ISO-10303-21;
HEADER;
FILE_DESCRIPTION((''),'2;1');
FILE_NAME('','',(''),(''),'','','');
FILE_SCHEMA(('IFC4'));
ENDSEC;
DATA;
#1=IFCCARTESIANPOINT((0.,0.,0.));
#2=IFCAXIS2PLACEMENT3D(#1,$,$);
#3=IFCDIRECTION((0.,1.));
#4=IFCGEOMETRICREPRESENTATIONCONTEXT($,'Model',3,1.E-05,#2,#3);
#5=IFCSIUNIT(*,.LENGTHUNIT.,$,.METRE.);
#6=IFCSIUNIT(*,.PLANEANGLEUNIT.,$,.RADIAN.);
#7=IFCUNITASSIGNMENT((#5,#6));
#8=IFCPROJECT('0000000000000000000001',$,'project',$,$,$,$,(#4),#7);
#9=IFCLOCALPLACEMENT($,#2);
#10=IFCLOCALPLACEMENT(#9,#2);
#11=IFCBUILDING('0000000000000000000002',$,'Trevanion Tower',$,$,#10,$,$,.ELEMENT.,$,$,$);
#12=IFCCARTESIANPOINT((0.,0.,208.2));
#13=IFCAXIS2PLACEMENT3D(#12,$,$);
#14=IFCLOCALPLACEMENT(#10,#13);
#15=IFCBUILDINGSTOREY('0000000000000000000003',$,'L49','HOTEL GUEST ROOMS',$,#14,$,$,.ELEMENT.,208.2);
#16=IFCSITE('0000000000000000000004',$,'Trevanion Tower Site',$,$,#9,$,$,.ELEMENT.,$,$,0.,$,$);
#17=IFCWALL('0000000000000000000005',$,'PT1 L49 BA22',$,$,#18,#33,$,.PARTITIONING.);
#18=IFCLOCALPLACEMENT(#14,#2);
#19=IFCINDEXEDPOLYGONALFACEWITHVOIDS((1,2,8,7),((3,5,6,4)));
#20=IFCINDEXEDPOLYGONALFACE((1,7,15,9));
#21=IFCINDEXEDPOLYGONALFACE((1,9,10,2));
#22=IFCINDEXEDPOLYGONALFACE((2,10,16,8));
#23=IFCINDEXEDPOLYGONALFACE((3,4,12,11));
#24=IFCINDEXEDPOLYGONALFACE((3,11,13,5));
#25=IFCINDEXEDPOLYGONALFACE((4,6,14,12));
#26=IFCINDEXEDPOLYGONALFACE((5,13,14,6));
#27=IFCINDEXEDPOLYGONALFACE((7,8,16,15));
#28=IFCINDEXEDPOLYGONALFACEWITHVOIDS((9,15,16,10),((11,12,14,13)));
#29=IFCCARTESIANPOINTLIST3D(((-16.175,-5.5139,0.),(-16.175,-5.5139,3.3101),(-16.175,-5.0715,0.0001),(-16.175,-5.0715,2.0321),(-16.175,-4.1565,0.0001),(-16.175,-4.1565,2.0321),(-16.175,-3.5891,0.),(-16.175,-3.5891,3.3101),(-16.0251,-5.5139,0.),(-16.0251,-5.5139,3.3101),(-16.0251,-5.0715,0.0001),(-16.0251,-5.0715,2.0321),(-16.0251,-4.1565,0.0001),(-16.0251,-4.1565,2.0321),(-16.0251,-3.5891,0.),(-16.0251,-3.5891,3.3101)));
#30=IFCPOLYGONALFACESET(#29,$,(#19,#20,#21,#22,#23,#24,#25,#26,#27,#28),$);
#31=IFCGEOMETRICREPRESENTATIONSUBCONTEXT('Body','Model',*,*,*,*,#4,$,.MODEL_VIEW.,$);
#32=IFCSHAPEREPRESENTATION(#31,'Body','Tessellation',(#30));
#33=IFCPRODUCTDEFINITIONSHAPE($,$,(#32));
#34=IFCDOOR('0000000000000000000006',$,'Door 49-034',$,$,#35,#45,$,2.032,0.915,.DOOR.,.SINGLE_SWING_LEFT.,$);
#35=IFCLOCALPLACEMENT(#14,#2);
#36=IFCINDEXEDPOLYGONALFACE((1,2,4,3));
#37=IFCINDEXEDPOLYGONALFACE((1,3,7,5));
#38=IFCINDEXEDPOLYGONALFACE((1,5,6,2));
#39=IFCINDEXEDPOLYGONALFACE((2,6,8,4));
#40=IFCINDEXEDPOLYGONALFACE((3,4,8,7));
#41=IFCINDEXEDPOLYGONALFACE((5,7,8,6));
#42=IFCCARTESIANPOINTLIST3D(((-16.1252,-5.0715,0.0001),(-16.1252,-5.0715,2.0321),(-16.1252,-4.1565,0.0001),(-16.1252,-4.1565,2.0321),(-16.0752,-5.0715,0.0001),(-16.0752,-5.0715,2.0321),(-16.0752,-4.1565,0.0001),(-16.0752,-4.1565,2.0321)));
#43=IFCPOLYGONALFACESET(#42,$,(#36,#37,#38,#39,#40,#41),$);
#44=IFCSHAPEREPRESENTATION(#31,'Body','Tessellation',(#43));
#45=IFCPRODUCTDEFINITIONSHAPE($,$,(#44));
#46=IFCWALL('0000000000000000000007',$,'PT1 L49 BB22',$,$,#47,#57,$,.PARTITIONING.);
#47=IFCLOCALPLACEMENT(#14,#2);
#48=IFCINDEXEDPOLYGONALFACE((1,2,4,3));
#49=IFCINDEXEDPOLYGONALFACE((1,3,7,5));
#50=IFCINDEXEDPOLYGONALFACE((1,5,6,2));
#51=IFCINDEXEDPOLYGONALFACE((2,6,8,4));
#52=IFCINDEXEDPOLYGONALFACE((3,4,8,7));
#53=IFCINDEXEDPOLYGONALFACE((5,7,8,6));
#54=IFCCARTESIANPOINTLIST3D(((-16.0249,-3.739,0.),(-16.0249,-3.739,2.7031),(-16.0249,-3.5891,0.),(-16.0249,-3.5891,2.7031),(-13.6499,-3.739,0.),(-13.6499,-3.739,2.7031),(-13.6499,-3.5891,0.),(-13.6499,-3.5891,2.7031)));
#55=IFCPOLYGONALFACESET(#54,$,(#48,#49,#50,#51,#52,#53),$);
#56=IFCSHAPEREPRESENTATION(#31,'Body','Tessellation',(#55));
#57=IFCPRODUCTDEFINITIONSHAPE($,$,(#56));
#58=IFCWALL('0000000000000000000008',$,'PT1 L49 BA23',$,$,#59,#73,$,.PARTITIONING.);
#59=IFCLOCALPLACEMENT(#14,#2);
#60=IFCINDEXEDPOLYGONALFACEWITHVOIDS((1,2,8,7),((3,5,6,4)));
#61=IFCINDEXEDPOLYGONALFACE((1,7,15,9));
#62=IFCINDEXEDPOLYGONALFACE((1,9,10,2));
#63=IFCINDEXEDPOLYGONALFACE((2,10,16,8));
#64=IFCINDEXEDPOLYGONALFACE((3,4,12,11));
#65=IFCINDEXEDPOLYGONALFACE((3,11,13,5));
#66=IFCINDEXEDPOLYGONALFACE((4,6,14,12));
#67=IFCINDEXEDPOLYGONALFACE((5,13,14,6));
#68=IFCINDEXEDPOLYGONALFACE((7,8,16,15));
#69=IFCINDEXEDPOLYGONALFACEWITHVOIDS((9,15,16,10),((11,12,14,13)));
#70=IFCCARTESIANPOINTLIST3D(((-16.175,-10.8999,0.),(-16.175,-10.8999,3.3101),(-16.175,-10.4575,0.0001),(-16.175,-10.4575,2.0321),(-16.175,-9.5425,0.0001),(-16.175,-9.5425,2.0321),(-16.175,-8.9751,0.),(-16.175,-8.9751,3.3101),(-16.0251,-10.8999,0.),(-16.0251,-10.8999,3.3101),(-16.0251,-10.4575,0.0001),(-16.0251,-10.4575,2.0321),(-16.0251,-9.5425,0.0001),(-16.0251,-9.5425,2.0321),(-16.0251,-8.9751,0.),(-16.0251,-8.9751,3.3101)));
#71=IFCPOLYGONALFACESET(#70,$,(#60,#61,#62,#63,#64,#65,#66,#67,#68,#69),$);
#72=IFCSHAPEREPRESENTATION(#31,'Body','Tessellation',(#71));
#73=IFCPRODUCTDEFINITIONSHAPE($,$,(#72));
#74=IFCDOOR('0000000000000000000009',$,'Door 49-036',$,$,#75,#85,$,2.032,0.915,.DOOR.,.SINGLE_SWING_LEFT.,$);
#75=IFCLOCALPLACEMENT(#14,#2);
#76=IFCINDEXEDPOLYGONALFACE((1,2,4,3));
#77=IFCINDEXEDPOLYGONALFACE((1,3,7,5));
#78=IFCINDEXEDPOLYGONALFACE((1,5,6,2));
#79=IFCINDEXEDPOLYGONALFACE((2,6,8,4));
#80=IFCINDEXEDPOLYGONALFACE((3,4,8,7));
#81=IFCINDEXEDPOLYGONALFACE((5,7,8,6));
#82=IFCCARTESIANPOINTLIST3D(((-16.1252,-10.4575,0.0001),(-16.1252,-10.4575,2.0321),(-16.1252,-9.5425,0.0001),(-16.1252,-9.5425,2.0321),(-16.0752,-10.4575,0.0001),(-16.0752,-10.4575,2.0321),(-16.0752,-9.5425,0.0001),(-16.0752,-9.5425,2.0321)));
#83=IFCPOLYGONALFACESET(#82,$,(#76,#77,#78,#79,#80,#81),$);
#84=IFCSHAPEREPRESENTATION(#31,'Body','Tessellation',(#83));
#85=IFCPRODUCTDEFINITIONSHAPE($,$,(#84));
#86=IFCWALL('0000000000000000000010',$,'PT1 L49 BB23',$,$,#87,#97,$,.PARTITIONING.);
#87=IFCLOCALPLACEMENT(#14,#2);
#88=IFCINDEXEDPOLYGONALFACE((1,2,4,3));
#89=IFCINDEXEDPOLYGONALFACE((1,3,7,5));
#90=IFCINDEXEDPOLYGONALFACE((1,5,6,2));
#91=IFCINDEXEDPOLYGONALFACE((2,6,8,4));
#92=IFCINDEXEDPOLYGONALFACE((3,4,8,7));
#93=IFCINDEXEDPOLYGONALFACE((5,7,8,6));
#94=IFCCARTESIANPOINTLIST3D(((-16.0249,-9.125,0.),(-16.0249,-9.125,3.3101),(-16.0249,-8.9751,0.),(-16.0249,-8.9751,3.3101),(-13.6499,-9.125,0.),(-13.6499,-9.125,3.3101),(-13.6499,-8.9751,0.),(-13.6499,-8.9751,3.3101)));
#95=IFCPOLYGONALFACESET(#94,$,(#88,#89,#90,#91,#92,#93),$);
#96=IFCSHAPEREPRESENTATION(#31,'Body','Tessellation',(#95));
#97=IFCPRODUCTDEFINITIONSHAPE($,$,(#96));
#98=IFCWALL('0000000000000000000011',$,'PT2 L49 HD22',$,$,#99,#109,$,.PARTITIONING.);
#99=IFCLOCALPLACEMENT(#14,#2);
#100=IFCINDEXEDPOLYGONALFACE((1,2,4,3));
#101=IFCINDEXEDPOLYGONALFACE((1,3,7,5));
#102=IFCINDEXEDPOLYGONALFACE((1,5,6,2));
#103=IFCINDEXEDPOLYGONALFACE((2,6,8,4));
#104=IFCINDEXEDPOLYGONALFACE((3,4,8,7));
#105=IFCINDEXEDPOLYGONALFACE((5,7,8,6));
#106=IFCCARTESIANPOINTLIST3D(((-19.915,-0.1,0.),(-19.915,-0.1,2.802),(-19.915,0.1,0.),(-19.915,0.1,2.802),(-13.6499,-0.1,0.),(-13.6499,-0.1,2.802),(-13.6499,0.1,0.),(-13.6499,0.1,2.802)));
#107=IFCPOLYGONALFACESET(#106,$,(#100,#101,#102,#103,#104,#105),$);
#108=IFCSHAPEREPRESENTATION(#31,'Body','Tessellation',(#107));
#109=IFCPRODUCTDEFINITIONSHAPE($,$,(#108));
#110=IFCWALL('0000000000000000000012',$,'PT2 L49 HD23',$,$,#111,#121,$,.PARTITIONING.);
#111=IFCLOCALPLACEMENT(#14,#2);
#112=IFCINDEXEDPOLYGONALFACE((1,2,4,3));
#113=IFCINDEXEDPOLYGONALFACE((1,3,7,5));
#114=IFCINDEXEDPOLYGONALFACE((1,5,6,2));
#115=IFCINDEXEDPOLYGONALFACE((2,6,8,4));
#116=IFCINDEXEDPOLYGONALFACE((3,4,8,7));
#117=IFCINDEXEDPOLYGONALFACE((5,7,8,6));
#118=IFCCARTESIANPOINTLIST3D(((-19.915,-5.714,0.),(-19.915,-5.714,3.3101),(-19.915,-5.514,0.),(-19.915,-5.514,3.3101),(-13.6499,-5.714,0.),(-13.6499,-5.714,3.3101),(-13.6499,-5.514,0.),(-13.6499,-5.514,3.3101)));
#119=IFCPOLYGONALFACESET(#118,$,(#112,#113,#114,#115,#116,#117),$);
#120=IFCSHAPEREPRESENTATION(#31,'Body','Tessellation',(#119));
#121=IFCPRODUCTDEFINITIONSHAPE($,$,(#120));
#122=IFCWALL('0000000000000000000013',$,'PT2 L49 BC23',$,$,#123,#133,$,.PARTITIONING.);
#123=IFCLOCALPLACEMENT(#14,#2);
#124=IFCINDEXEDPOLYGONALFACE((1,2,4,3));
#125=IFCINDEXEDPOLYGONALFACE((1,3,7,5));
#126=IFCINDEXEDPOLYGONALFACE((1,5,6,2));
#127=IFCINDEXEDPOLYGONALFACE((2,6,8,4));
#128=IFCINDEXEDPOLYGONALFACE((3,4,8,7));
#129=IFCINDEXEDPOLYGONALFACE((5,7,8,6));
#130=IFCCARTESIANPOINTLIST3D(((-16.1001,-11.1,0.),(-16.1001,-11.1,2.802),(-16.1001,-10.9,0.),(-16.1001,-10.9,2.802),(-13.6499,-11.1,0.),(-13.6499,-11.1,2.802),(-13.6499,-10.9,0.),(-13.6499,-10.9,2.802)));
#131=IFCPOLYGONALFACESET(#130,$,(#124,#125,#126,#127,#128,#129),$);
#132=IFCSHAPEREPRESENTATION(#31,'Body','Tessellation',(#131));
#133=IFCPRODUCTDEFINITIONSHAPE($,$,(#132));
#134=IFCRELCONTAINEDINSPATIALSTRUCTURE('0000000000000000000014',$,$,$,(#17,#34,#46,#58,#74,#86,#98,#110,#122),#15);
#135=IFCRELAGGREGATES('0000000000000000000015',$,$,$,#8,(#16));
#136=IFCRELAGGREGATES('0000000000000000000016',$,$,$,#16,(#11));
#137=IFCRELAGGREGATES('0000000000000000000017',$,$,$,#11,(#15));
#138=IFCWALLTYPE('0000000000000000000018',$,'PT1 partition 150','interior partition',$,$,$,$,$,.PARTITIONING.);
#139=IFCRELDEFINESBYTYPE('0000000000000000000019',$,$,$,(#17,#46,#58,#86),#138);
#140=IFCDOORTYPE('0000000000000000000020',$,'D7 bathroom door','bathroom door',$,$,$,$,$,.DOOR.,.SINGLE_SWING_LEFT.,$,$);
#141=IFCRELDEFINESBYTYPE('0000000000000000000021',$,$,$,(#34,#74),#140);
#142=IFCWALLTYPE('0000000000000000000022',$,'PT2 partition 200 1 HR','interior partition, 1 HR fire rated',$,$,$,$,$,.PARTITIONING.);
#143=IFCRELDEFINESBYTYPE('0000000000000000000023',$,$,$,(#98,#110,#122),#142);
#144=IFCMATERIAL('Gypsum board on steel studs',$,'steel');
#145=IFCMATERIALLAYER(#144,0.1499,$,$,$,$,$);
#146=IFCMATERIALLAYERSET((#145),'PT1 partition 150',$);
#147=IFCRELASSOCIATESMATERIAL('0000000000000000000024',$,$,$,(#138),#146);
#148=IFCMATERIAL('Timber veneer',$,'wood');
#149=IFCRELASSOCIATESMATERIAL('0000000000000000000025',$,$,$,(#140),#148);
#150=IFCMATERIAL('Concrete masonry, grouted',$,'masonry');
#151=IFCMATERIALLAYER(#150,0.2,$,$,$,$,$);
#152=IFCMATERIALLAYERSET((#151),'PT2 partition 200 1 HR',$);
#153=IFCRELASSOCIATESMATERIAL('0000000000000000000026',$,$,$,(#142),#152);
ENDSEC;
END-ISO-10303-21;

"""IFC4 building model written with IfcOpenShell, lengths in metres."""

from ifc_helpers import new_model, si_unit, direction, frame, frame_2d, origin, place, context, subcontext, project, spatial, rectangle, extrude, material, layer, layer_set, type_object, element, fill, save


model = new_model("IFC4")

# Units and contexts
model_context = context("Model", 3, precision=1e-05, world=origin(), true_north=direction((0.0, 1.0)))
body_context = subcontext(model_context, "Body", "Model", "MODEL_VIEW")
ifc_project = project(units=[si_unit("LENGTHUNIT", "METRE"), si_unit("PLANEANGLEUNIT", "RADIAN")], contexts=[model_context])

# Site, building, storey
site_placement = place(None, origin())
site = spatial("IfcSite", under=ifc_project, at=site_placement, Name="Trevanion Tower Site", CompositionType="ELEMENT", RefElevation=0.0)
building_placement = place(site_placement, origin())
building = spatial("IfcBuilding", under=site, at=building_placement, Name="Trevanion Tower", CompositionType="ELEMENT")
storey_placement = place(building_placement, frame((0.0, 0.0, 208.2)))
storey = spatial("IfcBuildingStorey", under=building, at=storey_placement, Name="L49", Description="HOTEL GUEST ROOMS", CompositionType="ELEMENT", Elevation=208.2)

# Wall, opening, door
ifc_material_1 = material(Name="Gypsum board on steel studs", Category="steel")
ifc_layer_1 = layer(ifc_material_1, 0.1499)
ifc_layer_set_1 = layer_set([ifc_layer_1], Name="PT1 partition 150")
wall_type_1 = type_object("IfcWallType", Name="PT1 partition 150", Description="interior partition", PredefinedType="PARTITIONING", material=ifc_layer_set_1)
wall_1_placement = place(storey_placement, frame((-16.1001, -3.5891, 0.0), z_axis=(0.0, 0.0, 1.0), x_axis=(0.0, -1.0, 0.0)))
wall_1 = element("IfcWall", 1, at=wall_1_placement, inside=storey, type_object=wall_type_1, Name="PT1 L49 BA22", PredefinedType="PARTITIONING", context=body_context, shape_type="SweptSolid", body=[
    extrude(rectangle(XDim=1.9248, YDim=0.1499, at=frame_2d((0.9624, 0.0))), origin(), (0.0, 0.0, 1.0), 3.3101),
])
opening_1_placement = place(wall_1_placement, frame((0.5674, 0.0, 0.0)))
opening_1 = element("IfcOpeningElement", 2, at=opening_1_placement, cuts=wall_1, PredefinedType="OPENING", context=body_context, shape_type="SweptSolid", body=[
    extrude(rectangle(XDim=0.915, YDim=2.032, at=frame_2d((0.4575, 1.0161))), frame((0.0, 0.085, 0.0), z_axis=(0.0, -1.0, 0.0), x_axis=(1.0, 0.0, 0.0)), (0.0, 0.0, 1.0), 0.1699),
])
ifc_material_2 = material(Name="Timber veneer", Category="wood")
door_type = type_object("IfcDoorType", Name="D7 bathroom door", Description="bathroom door", OperationType="SINGLE_SWING_LEFT", PredefinedType="DOOR", material=ifc_material_2)
door_1_placement = place(opening_1_placement, origin())
door_1 = element("IfcDoor", 3, at=door_1_placement, inside=storey, type_object=door_type, Name="Door 49-034", OperationType="SINGLE_SWING_LEFT", OverallHeight=2.032, OverallWidth=0.915, PredefinedType="DOOR", context=body_context, shape_type="SweptSolid", body=[
    extrude(rectangle(XDim=0.915, YDim=2.032, at=frame_2d((0.4575, 1.0161))), frame((0.0, 0.0249, 0.0), z_axis=(0.0, -1.0, 0.0), x_axis=(1.0, 0.0, 0.0)), (0.0, 0.0, 1.0), 0.05),
])
fill(opening_1, door_1)

# Wall
wall_2_placement = place(storey_placement, frame((-13.6499, -3.6641, 0.0), z_axis=(0.0, 0.0, 1.0), x_axis=(-1.0, 0.0, 0.0)))
element("IfcWall", 4, at=wall_2_placement, inside=storey, type_object=wall_type_1, Name="PT1 L49 BB22", PredefinedType="PARTITIONING", context=body_context, shape_type="SweptSolid", body=[
    extrude(rectangle(XDim=2.375, YDim=0.1499, at=frame_2d((1.1875, 0.0))), origin(), (0.0, 0.0, 1.0), 2.7031),
])

# Wall, opening, door
wall_3_placement = place(storey_placement, frame((-16.1001, -8.9751, 0.0), z_axis=(0.0, 0.0, 1.0), x_axis=(0.0, -1.0, 0.0)))
wall_3 = element("IfcWall", 5, at=wall_3_placement, inside=storey, type_object=wall_type_1, Name="PT1 L49 BA23", PredefinedType="PARTITIONING", context=body_context, shape_type="SweptSolid", body=[
    extrude(rectangle(XDim=1.9248, YDim=0.1499, at=frame_2d((0.9624, 0.0))), origin(), (0.0, 0.0, 1.0), 3.3101),
])
opening_2_placement = place(wall_3_placement, frame((0.5674, 0.0, 0.0)))
opening_2 = element("IfcOpeningElement", 6, at=opening_2_placement, cuts=wall_3, PredefinedType="OPENING", context=body_context, shape_type="SweptSolid", body=[
    extrude(rectangle(XDim=0.915, YDim=2.032, at=frame_2d((0.4575, 1.0161))), frame((0.0, 0.085, 0.0), z_axis=(0.0, -1.0, 0.0), x_axis=(1.0, 0.0, 0.0)), (0.0, 0.0, 1.0), 0.1699),
])
door_2_placement = place(opening_2_placement, origin())
door_2 = element("IfcDoor", 7, at=door_2_placement, inside=storey, type_object=door_type, Name="Door 49-036", OperationType="SINGLE_SWING_LEFT", OverallHeight=2.032, OverallWidth=0.915, PredefinedType="DOOR", context=body_context, shape_type="SweptSolid", body=[
    extrude(rectangle(XDim=0.915, YDim=2.032, at=frame_2d((0.4575, 1.0161))), frame((0.0, 0.0249, 0.0), z_axis=(0.0, -1.0, 0.0), x_axis=(1.0, 0.0, 0.0)), (0.0, 0.0, 1.0), 0.05),
])
fill(opening_2, door_2)

# Walls
wall_4_placement = place(storey_placement, frame((-13.6499, -9.05, 0.0), z_axis=(0.0, 0.0, 1.0), x_axis=(-1.0, 0.0, 0.0)))
element("IfcWall", 8, at=wall_4_placement, inside=storey, type_object=wall_type_1, Name="PT1 L49 BB23", PredefinedType="PARTITIONING", context=body_context, shape_type="SweptSolid", body=[
    extrude(rectangle(XDim=2.375, YDim=0.1499, at=frame_2d((1.1875, 0.0))), origin(), (0.0, 0.0, 1.0), 3.3101),
])
ifc_material_3 = material(Name="Concrete masonry, grouted", Category="masonry")
ifc_layer_2 = layer(ifc_material_3, 0.2)
ifc_layer_set_2 = layer_set([ifc_layer_2], Name="PT2 partition 200 1 HR")
wall_type_2 = type_object("IfcWallType", Name="PT2 partition 200 1 HR", Description="interior partition, 1 HR fire rated", PredefinedType="PARTITIONING", material=ifc_layer_set_2)
wall_5_placement = place(storey_placement, frame((-13.6499, 0.0, 0.0), z_axis=(0.0, 0.0, 1.0), x_axis=(-1.0, 0.0, 0.0)))
element("IfcWall", 9, at=wall_5_placement, inside=storey, type_object=wall_type_2, Name="PT2 L49 HD22", PredefinedType="PARTITIONING", context=body_context, shape_type="SweptSolid", body=[
    extrude(rectangle(XDim=6.2651, YDim=0.2, at=frame_2d((3.1326, 0.0))), origin(), (0.0, 0.0, 1.0), 2.802),
])
wall_6_placement = place(storey_placement, frame((-13.6499, -5.614, 0.0), z_axis=(0.0, 0.0, 1.0), x_axis=(-1.0, 0.0, 0.0)))
element("IfcWall", 10, at=wall_6_placement, inside=storey, type_object=wall_type_2, Name="PT2 L49 HD23", PredefinedType="PARTITIONING", context=body_context, shape_type="SweptSolid", body=[
    extrude(rectangle(XDim=6.2651, YDim=0.2, at=frame_2d((3.1326, 0.0))), origin(), (0.0, 0.0, 1.0), 3.3101),
])
wall_7_placement = place(storey_placement, frame((-13.6499, -11.0, 0.0), z_axis=(0.0, 0.0, 1.0), x_axis=(-1.0, 0.0, 0.0)))
element("IfcWall", 11, at=wall_7_placement, inside=storey, type_object=wall_type_2, Name="PT2 L49 BC23", PredefinedType="PARTITIONING", context=body_context, shape_type="SweptSolid", body=[
    extrude(rectangle(XDim=2.4502, YDim=0.2, at=frame_2d((1.2251, 0.0))), origin(), (0.0, 0.0, 1.0), 2.802),
])

save(model, "model.ifc")
